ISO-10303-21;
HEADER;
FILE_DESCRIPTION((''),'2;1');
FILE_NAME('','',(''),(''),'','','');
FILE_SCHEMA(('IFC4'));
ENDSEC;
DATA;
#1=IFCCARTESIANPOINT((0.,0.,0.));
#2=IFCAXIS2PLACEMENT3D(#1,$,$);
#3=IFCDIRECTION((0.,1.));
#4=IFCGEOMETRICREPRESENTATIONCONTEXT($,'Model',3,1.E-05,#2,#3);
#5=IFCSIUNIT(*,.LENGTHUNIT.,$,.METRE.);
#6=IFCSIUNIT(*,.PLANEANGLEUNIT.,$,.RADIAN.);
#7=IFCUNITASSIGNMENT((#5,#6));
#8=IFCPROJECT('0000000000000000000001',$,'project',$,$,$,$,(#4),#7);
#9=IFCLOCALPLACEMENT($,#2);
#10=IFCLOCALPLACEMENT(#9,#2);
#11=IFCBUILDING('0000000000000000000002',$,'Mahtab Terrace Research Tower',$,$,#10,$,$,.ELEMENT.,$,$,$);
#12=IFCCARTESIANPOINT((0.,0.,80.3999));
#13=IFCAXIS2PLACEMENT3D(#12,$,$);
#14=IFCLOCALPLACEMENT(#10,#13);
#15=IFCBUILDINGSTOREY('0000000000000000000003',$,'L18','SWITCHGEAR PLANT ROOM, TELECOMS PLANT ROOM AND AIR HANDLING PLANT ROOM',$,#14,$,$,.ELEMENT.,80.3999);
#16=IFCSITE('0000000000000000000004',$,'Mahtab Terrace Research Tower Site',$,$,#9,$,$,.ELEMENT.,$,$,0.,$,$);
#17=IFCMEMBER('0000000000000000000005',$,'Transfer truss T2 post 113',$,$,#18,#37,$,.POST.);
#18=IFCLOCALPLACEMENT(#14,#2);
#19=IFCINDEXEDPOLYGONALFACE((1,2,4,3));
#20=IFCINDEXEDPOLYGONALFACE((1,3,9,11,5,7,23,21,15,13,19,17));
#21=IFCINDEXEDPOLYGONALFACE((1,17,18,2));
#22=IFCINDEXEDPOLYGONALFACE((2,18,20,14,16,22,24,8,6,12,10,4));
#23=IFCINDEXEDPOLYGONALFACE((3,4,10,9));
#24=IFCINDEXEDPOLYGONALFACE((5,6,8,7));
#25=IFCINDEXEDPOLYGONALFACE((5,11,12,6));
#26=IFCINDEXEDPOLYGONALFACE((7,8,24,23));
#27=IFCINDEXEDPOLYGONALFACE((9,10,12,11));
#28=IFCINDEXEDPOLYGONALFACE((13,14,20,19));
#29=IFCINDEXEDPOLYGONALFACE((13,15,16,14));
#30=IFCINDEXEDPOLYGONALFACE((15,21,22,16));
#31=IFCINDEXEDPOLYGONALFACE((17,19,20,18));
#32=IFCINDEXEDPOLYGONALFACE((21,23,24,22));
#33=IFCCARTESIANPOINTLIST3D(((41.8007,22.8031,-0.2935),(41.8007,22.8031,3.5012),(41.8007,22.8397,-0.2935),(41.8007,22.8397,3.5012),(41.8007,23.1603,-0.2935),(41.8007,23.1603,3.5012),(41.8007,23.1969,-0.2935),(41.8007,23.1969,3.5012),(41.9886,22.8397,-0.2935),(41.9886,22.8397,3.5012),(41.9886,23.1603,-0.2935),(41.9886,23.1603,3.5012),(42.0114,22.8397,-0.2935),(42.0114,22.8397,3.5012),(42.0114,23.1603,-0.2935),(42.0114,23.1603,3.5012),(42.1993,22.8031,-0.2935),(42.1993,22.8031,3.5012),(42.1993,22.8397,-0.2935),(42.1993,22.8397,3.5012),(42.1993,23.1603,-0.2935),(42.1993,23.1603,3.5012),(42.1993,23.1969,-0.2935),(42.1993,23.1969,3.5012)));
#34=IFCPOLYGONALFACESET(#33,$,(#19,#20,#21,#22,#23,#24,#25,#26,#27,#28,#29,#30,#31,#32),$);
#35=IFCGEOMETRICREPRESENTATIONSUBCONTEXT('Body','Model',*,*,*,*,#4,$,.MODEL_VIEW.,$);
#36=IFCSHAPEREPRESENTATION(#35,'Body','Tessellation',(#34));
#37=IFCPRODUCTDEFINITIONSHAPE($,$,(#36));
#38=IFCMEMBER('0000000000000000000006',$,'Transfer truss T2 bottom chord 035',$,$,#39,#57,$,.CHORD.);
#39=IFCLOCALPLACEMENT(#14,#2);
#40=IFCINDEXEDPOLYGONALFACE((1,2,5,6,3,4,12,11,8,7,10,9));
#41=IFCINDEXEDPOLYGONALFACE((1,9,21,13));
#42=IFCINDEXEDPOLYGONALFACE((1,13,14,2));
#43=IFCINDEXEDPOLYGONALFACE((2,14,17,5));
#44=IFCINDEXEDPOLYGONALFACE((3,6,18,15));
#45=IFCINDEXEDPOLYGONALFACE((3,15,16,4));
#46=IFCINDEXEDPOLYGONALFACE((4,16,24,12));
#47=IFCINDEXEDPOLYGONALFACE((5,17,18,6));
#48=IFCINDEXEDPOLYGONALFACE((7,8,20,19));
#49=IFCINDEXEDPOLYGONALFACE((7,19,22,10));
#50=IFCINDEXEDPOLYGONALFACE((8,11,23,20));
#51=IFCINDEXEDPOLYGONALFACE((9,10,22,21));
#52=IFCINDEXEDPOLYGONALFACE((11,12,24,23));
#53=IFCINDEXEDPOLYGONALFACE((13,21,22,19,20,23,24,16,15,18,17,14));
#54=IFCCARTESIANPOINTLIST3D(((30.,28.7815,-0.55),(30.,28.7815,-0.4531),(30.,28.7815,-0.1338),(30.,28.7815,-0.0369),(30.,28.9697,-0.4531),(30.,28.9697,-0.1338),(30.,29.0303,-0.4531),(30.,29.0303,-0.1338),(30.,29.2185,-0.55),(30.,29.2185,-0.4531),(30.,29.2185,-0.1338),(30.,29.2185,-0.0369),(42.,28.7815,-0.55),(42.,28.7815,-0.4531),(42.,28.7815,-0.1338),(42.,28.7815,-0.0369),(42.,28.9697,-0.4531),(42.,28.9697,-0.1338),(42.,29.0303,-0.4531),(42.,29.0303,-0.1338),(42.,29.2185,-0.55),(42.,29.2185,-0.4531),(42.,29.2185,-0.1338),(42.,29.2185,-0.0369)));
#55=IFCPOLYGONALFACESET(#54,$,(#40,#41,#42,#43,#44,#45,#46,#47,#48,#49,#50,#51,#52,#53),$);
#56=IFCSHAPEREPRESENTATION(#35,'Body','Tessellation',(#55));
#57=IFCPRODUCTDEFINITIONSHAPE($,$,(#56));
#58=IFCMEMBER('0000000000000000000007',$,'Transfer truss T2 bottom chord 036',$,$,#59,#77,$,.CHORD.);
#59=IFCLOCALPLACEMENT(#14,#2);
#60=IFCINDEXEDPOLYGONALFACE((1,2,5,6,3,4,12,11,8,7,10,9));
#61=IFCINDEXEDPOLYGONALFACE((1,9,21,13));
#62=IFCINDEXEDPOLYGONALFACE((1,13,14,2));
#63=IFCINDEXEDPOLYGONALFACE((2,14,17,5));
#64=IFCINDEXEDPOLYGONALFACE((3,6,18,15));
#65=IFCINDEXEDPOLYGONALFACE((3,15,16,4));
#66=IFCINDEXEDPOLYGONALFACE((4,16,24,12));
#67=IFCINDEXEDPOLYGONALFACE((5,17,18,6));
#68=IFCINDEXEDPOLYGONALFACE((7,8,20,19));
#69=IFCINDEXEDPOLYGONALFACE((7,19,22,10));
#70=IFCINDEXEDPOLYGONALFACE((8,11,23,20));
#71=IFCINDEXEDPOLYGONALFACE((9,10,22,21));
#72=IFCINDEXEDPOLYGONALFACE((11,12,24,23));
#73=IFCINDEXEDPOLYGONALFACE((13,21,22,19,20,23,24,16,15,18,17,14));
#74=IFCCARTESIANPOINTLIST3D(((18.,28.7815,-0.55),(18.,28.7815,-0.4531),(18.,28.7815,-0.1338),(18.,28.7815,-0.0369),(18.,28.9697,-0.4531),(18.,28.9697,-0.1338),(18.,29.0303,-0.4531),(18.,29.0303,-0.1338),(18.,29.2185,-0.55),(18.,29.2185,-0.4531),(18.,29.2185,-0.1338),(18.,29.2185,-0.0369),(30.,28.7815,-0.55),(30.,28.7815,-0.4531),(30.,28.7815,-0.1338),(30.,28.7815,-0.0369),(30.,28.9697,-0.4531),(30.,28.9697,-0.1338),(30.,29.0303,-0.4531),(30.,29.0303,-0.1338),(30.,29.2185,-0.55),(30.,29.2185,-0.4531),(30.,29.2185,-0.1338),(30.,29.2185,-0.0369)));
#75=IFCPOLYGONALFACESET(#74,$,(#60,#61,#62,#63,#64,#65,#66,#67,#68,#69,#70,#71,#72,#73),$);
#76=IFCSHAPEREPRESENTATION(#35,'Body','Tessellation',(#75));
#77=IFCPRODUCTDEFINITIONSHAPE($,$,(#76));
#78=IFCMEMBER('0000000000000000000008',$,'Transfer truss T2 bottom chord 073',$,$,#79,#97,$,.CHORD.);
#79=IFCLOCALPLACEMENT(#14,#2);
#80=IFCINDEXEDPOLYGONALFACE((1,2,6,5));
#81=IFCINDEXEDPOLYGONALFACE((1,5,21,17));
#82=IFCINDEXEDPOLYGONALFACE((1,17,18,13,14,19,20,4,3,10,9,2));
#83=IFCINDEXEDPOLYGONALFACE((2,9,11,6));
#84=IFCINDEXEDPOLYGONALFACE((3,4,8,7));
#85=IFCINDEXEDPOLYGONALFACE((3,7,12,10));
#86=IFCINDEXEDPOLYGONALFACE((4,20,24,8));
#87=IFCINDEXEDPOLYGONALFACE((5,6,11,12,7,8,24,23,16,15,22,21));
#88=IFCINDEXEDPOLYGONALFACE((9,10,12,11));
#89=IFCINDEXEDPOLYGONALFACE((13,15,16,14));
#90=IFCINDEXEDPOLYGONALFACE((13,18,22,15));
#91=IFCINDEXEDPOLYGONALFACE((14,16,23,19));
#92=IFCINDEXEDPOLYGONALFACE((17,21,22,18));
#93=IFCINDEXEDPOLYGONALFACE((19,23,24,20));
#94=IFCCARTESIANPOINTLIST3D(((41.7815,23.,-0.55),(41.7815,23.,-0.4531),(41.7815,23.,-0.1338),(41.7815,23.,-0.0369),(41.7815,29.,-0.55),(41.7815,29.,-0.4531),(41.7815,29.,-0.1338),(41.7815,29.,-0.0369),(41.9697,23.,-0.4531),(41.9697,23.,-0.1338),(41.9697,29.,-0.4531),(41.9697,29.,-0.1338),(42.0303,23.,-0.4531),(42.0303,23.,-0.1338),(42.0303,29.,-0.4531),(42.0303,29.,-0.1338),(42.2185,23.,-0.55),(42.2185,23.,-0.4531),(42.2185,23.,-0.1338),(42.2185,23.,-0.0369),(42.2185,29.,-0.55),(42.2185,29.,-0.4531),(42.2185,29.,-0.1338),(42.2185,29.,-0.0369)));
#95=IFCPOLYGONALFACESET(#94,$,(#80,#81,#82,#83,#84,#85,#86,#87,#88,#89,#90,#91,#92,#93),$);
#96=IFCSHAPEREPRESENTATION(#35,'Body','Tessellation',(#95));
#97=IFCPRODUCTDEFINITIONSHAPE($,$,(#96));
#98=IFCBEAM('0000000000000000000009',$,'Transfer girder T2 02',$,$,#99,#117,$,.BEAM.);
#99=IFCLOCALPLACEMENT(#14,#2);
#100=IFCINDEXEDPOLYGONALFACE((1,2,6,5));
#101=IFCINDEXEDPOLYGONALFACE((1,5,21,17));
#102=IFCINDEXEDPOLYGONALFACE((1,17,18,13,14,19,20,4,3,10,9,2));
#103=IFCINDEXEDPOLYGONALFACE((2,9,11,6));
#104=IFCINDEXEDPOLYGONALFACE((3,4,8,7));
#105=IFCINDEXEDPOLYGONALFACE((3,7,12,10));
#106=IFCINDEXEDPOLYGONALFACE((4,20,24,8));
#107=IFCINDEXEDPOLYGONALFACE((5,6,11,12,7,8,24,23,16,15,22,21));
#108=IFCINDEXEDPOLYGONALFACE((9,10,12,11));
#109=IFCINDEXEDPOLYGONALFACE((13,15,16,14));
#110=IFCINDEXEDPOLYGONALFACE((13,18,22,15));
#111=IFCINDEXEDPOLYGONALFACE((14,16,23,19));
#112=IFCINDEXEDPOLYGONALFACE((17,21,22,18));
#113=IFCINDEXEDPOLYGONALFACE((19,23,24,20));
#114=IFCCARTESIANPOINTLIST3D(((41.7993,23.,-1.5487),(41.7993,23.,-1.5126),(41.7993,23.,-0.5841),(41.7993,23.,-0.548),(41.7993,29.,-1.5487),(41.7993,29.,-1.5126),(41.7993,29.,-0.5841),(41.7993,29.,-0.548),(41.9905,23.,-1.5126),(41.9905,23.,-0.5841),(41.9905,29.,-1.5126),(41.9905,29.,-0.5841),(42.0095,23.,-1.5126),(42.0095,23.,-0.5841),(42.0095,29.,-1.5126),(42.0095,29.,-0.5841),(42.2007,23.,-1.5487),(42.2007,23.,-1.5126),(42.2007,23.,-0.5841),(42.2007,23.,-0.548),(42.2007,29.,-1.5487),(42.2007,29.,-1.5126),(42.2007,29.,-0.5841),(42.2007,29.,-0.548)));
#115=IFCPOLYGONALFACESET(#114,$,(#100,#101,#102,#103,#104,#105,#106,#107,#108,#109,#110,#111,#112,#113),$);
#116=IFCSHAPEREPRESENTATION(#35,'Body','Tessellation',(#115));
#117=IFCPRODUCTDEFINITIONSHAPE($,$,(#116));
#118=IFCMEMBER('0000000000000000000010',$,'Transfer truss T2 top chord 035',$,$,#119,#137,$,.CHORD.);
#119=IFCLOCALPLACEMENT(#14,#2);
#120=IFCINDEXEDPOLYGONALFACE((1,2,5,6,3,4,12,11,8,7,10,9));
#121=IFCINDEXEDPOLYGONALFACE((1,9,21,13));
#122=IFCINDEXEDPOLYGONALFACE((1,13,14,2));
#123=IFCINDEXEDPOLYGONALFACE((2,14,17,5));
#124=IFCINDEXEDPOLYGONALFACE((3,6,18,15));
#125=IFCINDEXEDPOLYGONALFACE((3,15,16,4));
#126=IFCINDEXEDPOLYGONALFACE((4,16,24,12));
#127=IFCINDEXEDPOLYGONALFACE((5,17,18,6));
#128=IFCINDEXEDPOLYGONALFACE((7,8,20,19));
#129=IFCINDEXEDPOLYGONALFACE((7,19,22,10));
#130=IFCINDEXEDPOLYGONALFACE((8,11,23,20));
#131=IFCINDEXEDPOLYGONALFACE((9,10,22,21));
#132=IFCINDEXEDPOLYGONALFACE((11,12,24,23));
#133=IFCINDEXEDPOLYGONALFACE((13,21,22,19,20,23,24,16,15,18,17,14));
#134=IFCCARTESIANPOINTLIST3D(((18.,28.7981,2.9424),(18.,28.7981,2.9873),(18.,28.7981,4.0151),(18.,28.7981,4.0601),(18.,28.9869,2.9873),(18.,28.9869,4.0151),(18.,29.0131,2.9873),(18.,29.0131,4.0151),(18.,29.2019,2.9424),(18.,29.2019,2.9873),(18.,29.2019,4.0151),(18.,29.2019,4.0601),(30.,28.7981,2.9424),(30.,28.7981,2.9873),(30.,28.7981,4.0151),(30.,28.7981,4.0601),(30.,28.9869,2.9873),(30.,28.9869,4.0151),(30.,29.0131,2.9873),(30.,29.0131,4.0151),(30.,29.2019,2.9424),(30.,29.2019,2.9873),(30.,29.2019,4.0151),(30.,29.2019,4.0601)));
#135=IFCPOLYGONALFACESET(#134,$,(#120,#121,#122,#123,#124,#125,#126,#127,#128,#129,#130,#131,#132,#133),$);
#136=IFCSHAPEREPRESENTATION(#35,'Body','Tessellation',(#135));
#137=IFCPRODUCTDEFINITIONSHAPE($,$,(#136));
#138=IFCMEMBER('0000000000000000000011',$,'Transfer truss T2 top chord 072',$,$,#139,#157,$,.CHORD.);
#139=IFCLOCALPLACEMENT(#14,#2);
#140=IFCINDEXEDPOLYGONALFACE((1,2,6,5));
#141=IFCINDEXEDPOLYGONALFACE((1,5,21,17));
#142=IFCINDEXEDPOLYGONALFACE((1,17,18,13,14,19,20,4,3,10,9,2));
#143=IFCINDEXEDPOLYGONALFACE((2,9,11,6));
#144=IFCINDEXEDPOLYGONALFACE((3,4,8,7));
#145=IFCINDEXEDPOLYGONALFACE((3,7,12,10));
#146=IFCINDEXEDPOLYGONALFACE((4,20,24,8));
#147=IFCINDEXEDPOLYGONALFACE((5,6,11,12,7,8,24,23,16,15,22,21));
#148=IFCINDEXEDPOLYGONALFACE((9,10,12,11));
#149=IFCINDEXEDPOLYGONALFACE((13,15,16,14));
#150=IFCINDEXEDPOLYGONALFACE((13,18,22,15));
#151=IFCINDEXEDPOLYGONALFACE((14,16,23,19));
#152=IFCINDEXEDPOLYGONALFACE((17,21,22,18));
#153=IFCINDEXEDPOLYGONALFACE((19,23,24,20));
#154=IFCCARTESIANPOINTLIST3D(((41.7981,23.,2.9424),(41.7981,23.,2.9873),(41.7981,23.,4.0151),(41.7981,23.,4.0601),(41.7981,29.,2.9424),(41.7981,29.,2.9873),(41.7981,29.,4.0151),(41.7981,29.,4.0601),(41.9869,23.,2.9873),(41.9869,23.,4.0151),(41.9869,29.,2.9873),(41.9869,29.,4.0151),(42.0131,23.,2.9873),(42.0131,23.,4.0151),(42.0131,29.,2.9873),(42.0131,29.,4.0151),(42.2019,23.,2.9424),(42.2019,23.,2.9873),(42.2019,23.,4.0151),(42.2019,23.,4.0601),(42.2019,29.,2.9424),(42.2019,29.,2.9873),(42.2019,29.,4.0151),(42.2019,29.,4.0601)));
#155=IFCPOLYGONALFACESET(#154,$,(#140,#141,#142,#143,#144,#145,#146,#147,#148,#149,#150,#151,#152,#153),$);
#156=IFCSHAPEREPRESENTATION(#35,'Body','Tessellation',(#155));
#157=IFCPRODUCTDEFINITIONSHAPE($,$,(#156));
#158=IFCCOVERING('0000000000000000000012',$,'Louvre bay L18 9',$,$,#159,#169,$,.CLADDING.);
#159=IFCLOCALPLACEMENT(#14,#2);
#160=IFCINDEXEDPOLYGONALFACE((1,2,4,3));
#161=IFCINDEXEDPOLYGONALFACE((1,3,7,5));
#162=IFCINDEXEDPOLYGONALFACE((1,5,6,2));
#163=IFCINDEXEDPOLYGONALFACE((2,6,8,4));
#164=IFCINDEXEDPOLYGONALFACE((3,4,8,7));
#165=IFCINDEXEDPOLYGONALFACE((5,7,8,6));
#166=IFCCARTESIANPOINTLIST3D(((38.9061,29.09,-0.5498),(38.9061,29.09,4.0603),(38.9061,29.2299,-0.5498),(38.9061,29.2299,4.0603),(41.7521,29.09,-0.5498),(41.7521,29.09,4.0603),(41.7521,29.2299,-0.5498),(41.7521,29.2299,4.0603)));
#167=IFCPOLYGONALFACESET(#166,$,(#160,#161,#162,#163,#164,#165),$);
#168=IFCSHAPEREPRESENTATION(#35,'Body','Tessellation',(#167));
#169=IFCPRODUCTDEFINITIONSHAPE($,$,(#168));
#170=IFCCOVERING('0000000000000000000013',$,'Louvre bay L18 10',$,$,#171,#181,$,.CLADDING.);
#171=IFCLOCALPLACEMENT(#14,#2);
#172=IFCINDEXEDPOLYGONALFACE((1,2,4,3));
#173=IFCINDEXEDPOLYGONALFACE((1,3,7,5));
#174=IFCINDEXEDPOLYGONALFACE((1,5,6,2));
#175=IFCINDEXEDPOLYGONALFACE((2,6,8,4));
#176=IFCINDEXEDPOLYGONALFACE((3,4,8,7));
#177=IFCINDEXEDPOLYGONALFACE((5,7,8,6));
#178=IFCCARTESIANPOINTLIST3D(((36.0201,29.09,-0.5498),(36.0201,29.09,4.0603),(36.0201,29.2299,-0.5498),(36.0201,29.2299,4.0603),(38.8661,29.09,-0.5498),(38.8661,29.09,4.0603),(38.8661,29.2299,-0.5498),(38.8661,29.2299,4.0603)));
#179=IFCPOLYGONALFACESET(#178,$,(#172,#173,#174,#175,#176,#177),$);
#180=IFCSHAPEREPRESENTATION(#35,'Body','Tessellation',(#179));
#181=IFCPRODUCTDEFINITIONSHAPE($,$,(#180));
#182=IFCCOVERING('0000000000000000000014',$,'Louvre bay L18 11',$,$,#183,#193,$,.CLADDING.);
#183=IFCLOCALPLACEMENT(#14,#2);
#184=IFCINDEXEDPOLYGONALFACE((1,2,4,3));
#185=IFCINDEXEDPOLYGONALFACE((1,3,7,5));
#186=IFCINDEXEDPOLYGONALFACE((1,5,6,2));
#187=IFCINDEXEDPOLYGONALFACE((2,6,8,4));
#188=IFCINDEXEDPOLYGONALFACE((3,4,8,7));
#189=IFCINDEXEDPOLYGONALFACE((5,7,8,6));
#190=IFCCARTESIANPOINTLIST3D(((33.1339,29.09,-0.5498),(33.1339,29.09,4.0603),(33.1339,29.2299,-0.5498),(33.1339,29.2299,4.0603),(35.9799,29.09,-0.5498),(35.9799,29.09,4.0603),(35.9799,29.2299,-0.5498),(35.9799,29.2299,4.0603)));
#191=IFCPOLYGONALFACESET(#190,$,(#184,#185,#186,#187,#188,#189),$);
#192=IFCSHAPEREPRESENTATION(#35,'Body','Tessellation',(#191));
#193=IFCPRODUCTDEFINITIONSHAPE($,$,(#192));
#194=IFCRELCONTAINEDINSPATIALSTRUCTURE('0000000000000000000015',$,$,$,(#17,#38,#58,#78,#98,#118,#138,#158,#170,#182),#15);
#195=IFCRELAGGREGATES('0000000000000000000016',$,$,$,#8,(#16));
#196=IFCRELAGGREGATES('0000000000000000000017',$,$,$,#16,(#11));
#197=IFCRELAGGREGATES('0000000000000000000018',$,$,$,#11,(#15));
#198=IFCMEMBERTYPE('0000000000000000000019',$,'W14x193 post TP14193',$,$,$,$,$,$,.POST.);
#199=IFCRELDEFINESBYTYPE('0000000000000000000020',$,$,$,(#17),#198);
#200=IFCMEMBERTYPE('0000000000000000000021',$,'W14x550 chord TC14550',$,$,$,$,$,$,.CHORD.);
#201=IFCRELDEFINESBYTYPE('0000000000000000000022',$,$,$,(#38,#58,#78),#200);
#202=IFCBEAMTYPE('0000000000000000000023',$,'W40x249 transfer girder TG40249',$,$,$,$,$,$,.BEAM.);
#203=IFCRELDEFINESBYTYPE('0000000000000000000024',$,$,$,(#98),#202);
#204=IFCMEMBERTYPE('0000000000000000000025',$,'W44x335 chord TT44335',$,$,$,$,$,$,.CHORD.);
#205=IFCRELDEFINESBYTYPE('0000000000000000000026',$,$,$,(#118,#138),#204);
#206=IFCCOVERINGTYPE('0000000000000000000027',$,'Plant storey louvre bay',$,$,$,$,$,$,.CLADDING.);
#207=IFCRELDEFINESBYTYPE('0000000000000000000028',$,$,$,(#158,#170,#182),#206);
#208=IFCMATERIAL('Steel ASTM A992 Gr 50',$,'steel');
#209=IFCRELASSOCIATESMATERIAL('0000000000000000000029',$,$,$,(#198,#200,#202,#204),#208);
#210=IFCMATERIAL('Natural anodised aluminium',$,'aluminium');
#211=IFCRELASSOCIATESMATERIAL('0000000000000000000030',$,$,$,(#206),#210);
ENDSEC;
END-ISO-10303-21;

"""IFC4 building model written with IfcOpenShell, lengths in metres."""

from ifc_helpers import new_model, si_unit, direction, frame, origin, origin_2d, place, context, subcontext, project, spatial, rectangle, i_section, extrude, material, material_profile, profile_set, type_object, element, save


model = new_model("IFC4")

# Units and contexts
model_context = context("Model", 3, precision=1e-05, world=origin(), true_north=direction((0.0, 1.0)))
body_context = subcontext(model_context, "Body", "Model", "MODEL_VIEW")
ifc_project = project(units=[si_unit("LENGTHUNIT", "METRE"), si_unit("PLANEANGLEUNIT", "RADIAN")], contexts=[model_context])

# Site, building, storey
site_placement = place(None, origin())
site = spatial("IfcSite", under=ifc_project, at=site_placement, Name="Mahtab Terrace Research Tower Site", CompositionType="ELEMENT", RefElevation=0.0)
building_placement = place(site_placement, origin())
building = spatial("IfcBuilding", under=site, at=building_placement, Name="Mahtab Terrace Research Tower", CompositionType="ELEMENT")
storey_placement = place(building_placement, frame((0.0, 0.0, 80.3999)))
storey = spatial("IfcBuildingStorey", under=building, at=storey_placement, Name="L18", Description="SWITCHGEAR PLANT ROOM, TELECOMS PLANT ROOM AND AIR HANDLING PLANT ROOM", CompositionType="ELEMENT", Elevation=80.3999)

# Shared definitions
ifc_material_1 = material(Name="Steel ASTM A992 Gr 50", Category="steel")

# Members
ifc_material_profile_1 = material_profile(ifc_material_1, i_section(OverallWidth=0.3987, OverallDepth=0.3938, WebThickness=0.0227, FlangeThickness=0.0366, at=origin_2d()), Name="W14X193")
ifc_profile_set_1 = profile_set([ifc_material_profile_1], Name="Steel ASTM A992 Gr 50")
member_type_1 = type_object("IfcMemberType", Name="W14x193 post TP14193", PredefinedType="POST", material=ifc_profile_set_1)
for number, where, z_axis, x_axis, name in (
    (1, (42.0, 23.0, -0.2935), (0.0, 0.0, 1.0), (1.0, 0.0, 0.0), "Transfer truss T2 post 113"),
):
    element("IfcMember", number, at=place(storey_placement, frame(where, z_axis=z_axis, x_axis=x_axis)), inside=storey, type_object=member_type_1, Name=name, PredefinedType="POST", context=body_context, shape_type="SweptSolid", body=[
        extrude(i_section(OverallWidth=0.3987, OverallDepth=0.3938, WebThickness=0.0227, FlangeThickness=0.0366, at=origin_2d()), origin(), (0.0, 0.0, 1.0), 3.7947),
    ])
ifc_material_profile_2 = material_profile(ifc_material_1, i_section(OverallWidth=0.437, OverallDepth=0.5132, WebThickness=0.0605, FlangeThickness=0.0969, at=origin_2d()), Name="W14X550")
ifc_profile_set_2 = profile_set([ifc_material_profile_2], Name="Steel ASTM A992 Gr 50")
member_type_2 = type_object("IfcMemberType", Name="W14x550 chord TC14550", PredefinedType="CHORD", material=ifc_profile_set_2)
for number, where, z_axis, x_axis, name in (
    (2, (42.0, 29.0, -0.2935), (-1.0, 0.0, 0.0), (0.0, -1.0, 0.0), "Transfer truss T2 bottom chord 035"),
    (3, (30.0, 29.0, -0.2935), (-1.0, 0.0, 0.0), (0.0, -1.0, 0.0), "Transfer truss T2 bottom chord 036"),
):
    element("IfcMember", number, at=place(storey_placement, frame(where, z_axis=z_axis, x_axis=x_axis)), inside=storey, type_object=member_type_2, Name=name, PredefinedType="CHORD", context=body_context, shape_type="SweptSolid", body=[
        extrude(i_section(OverallWidth=0.437, OverallDepth=0.5132, WebThickness=0.0605, FlangeThickness=0.0969, at=origin_2d()), origin(), (0.0, 0.0, 1.0), 12.0),
    ])
member_1_placement = place(storey_placement, frame((42.0, 23.0, -0.2935), z_axis=(0.0, 1.0, 0.0), x_axis=(-1.0, 0.0, 0.0)))
element("IfcMember", 4, at=member_1_placement, inside=storey, type_object=member_type_2, Name="Transfer truss T2 bottom chord 073", PredefinedType="CHORD", context=body_context, shape_type="SweptSolid", body=[
    extrude(i_section(OverallWidth=0.437, OverallDepth=0.5132, WebThickness=0.0605, FlangeThickness=0.0969, at=origin_2d()), origin(), (0.0, 0.0, 1.0), 6.0),
])

# Beam
ifc_material_profile_3 = material_profile(ifc_material_1, i_section(OverallWidth=0.4014, OverallDepth=1.0007, WebThickness=0.019, FlangeThickness=0.0361, at=origin_2d()), Name="W40X249")
ifc_profile_set_3 = profile_set([ifc_material_profile_3], Name="Steel ASTM A992 Gr 50")
beam_type = type_object("IfcBeamType", Name="W40x249 transfer girder TG40249", PredefinedType="BEAM", material=ifc_profile_set_3)
beam_placement = place(storey_placement, frame((42.0, 23.0, -1.0483), z_axis=(0.0, 1.0, 0.0), x_axis=(-1.0, 0.0, 0.0)))
element("IfcBeam", 5, at=beam_placement, inside=storey, type_object=beam_type, Name="Transfer girder T2 02", PredefinedType="BEAM", context=body_context, shape_type="SweptSolid", body=[
    extrude(i_section(OverallWidth=0.4014, OverallDepth=1.0007, WebThickness=0.019, FlangeThickness=0.0361, at=origin_2d()), origin(), (0.0, 0.0, 1.0), 6.0),
])

# Members
ifc_material_profile_4 = material_profile(ifc_material_1, i_section(OverallWidth=0.4038, OverallDepth=1.1177, WebThickness=0.0261, FlangeThickness=0.0449, at=origin_2d()), Name="W44X335")
ifc_profile_set_4 = profile_set([ifc_material_profile_4], Name="Steel ASTM A992 Gr 50")
member_type_3 = type_object("IfcMemberType", Name="W44x335 chord TT44335", PredefinedType="CHORD", material=ifc_profile_set_4)
member_2_placement = place(storey_placement, frame((30.0, 29.0, 3.5012), z_axis=(-1.0, 0.0, 0.0), x_axis=(0.0, -1.0, 0.0)))
element("IfcMember", 6, at=member_2_placement, inside=storey, type_object=member_type_3, Name="Transfer truss T2 top chord 035", PredefinedType="CHORD", context=body_context, shape_type="SweptSolid", body=[
    extrude(i_section(OverallWidth=0.4038, OverallDepth=1.1177, WebThickness=0.0261, FlangeThickness=0.0449, at=origin_2d()), origin(), (0.0, 0.0, 1.0), 12.0),
])
member_3_placement = place(storey_placement, frame((42.0, 23.0, 3.5012), z_axis=(0.0, 1.0, 0.0), x_axis=(-1.0, 0.0, 0.0)))
element("IfcMember", 7, at=member_3_placement, inside=storey, type_object=member_type_3, Name="Transfer truss T2 top chord 072", PredefinedType="CHORD", context=body_context, shape_type="SweptSolid", body=[
    extrude(i_section(OverallWidth=0.4038, OverallDepth=1.1177, WebThickness=0.0261, FlangeThickness=0.0449, at=origin_2d()), origin(), (0.0, 0.0, 1.0), 6.0),
])

# Coverings
ifc_material_2 = material(Name="Natural anodised aluminium", Category="aluminium")
covering_type = type_object("IfcCoveringType", Name="Plant storey louvre bay", PredefinedType="CLADDING", material=ifc_material_2)
for number, where, z_axis, x_axis, name in (
    (8, (40.3291, 29.1599, -0.5498), (0.0, 0.0, 1.0), (-1.0, 0.0, 0.0), "Louvre bay L18 9"),
    (9, (37.4431, 29.1599, -0.5498), (0.0, 0.0, 1.0), (-1.0, 0.0, 0.0), "Louvre bay L18 10"),
    (10, (34.5569, 29.1599, -0.5498), (0.0, 0.0, 1.0), (-1.0, 0.0, 0.0), "Louvre bay L18 11"),
):
    element("IfcCovering", number, at=place(storey_placement, frame(where, z_axis=z_axis, x_axis=x_axis)), inside=storey, type_object=covering_type, Name=name, PredefinedType="CLADDING", context=body_context, shape_type="SweptSolid", body=[
        extrude(rectangle(XDim=2.8459, YDim=0.1399, at=origin_2d()), origin(), (0.0, 0.0, 1.0), 4.6101),
    ])

save(model, "model.ifc")
